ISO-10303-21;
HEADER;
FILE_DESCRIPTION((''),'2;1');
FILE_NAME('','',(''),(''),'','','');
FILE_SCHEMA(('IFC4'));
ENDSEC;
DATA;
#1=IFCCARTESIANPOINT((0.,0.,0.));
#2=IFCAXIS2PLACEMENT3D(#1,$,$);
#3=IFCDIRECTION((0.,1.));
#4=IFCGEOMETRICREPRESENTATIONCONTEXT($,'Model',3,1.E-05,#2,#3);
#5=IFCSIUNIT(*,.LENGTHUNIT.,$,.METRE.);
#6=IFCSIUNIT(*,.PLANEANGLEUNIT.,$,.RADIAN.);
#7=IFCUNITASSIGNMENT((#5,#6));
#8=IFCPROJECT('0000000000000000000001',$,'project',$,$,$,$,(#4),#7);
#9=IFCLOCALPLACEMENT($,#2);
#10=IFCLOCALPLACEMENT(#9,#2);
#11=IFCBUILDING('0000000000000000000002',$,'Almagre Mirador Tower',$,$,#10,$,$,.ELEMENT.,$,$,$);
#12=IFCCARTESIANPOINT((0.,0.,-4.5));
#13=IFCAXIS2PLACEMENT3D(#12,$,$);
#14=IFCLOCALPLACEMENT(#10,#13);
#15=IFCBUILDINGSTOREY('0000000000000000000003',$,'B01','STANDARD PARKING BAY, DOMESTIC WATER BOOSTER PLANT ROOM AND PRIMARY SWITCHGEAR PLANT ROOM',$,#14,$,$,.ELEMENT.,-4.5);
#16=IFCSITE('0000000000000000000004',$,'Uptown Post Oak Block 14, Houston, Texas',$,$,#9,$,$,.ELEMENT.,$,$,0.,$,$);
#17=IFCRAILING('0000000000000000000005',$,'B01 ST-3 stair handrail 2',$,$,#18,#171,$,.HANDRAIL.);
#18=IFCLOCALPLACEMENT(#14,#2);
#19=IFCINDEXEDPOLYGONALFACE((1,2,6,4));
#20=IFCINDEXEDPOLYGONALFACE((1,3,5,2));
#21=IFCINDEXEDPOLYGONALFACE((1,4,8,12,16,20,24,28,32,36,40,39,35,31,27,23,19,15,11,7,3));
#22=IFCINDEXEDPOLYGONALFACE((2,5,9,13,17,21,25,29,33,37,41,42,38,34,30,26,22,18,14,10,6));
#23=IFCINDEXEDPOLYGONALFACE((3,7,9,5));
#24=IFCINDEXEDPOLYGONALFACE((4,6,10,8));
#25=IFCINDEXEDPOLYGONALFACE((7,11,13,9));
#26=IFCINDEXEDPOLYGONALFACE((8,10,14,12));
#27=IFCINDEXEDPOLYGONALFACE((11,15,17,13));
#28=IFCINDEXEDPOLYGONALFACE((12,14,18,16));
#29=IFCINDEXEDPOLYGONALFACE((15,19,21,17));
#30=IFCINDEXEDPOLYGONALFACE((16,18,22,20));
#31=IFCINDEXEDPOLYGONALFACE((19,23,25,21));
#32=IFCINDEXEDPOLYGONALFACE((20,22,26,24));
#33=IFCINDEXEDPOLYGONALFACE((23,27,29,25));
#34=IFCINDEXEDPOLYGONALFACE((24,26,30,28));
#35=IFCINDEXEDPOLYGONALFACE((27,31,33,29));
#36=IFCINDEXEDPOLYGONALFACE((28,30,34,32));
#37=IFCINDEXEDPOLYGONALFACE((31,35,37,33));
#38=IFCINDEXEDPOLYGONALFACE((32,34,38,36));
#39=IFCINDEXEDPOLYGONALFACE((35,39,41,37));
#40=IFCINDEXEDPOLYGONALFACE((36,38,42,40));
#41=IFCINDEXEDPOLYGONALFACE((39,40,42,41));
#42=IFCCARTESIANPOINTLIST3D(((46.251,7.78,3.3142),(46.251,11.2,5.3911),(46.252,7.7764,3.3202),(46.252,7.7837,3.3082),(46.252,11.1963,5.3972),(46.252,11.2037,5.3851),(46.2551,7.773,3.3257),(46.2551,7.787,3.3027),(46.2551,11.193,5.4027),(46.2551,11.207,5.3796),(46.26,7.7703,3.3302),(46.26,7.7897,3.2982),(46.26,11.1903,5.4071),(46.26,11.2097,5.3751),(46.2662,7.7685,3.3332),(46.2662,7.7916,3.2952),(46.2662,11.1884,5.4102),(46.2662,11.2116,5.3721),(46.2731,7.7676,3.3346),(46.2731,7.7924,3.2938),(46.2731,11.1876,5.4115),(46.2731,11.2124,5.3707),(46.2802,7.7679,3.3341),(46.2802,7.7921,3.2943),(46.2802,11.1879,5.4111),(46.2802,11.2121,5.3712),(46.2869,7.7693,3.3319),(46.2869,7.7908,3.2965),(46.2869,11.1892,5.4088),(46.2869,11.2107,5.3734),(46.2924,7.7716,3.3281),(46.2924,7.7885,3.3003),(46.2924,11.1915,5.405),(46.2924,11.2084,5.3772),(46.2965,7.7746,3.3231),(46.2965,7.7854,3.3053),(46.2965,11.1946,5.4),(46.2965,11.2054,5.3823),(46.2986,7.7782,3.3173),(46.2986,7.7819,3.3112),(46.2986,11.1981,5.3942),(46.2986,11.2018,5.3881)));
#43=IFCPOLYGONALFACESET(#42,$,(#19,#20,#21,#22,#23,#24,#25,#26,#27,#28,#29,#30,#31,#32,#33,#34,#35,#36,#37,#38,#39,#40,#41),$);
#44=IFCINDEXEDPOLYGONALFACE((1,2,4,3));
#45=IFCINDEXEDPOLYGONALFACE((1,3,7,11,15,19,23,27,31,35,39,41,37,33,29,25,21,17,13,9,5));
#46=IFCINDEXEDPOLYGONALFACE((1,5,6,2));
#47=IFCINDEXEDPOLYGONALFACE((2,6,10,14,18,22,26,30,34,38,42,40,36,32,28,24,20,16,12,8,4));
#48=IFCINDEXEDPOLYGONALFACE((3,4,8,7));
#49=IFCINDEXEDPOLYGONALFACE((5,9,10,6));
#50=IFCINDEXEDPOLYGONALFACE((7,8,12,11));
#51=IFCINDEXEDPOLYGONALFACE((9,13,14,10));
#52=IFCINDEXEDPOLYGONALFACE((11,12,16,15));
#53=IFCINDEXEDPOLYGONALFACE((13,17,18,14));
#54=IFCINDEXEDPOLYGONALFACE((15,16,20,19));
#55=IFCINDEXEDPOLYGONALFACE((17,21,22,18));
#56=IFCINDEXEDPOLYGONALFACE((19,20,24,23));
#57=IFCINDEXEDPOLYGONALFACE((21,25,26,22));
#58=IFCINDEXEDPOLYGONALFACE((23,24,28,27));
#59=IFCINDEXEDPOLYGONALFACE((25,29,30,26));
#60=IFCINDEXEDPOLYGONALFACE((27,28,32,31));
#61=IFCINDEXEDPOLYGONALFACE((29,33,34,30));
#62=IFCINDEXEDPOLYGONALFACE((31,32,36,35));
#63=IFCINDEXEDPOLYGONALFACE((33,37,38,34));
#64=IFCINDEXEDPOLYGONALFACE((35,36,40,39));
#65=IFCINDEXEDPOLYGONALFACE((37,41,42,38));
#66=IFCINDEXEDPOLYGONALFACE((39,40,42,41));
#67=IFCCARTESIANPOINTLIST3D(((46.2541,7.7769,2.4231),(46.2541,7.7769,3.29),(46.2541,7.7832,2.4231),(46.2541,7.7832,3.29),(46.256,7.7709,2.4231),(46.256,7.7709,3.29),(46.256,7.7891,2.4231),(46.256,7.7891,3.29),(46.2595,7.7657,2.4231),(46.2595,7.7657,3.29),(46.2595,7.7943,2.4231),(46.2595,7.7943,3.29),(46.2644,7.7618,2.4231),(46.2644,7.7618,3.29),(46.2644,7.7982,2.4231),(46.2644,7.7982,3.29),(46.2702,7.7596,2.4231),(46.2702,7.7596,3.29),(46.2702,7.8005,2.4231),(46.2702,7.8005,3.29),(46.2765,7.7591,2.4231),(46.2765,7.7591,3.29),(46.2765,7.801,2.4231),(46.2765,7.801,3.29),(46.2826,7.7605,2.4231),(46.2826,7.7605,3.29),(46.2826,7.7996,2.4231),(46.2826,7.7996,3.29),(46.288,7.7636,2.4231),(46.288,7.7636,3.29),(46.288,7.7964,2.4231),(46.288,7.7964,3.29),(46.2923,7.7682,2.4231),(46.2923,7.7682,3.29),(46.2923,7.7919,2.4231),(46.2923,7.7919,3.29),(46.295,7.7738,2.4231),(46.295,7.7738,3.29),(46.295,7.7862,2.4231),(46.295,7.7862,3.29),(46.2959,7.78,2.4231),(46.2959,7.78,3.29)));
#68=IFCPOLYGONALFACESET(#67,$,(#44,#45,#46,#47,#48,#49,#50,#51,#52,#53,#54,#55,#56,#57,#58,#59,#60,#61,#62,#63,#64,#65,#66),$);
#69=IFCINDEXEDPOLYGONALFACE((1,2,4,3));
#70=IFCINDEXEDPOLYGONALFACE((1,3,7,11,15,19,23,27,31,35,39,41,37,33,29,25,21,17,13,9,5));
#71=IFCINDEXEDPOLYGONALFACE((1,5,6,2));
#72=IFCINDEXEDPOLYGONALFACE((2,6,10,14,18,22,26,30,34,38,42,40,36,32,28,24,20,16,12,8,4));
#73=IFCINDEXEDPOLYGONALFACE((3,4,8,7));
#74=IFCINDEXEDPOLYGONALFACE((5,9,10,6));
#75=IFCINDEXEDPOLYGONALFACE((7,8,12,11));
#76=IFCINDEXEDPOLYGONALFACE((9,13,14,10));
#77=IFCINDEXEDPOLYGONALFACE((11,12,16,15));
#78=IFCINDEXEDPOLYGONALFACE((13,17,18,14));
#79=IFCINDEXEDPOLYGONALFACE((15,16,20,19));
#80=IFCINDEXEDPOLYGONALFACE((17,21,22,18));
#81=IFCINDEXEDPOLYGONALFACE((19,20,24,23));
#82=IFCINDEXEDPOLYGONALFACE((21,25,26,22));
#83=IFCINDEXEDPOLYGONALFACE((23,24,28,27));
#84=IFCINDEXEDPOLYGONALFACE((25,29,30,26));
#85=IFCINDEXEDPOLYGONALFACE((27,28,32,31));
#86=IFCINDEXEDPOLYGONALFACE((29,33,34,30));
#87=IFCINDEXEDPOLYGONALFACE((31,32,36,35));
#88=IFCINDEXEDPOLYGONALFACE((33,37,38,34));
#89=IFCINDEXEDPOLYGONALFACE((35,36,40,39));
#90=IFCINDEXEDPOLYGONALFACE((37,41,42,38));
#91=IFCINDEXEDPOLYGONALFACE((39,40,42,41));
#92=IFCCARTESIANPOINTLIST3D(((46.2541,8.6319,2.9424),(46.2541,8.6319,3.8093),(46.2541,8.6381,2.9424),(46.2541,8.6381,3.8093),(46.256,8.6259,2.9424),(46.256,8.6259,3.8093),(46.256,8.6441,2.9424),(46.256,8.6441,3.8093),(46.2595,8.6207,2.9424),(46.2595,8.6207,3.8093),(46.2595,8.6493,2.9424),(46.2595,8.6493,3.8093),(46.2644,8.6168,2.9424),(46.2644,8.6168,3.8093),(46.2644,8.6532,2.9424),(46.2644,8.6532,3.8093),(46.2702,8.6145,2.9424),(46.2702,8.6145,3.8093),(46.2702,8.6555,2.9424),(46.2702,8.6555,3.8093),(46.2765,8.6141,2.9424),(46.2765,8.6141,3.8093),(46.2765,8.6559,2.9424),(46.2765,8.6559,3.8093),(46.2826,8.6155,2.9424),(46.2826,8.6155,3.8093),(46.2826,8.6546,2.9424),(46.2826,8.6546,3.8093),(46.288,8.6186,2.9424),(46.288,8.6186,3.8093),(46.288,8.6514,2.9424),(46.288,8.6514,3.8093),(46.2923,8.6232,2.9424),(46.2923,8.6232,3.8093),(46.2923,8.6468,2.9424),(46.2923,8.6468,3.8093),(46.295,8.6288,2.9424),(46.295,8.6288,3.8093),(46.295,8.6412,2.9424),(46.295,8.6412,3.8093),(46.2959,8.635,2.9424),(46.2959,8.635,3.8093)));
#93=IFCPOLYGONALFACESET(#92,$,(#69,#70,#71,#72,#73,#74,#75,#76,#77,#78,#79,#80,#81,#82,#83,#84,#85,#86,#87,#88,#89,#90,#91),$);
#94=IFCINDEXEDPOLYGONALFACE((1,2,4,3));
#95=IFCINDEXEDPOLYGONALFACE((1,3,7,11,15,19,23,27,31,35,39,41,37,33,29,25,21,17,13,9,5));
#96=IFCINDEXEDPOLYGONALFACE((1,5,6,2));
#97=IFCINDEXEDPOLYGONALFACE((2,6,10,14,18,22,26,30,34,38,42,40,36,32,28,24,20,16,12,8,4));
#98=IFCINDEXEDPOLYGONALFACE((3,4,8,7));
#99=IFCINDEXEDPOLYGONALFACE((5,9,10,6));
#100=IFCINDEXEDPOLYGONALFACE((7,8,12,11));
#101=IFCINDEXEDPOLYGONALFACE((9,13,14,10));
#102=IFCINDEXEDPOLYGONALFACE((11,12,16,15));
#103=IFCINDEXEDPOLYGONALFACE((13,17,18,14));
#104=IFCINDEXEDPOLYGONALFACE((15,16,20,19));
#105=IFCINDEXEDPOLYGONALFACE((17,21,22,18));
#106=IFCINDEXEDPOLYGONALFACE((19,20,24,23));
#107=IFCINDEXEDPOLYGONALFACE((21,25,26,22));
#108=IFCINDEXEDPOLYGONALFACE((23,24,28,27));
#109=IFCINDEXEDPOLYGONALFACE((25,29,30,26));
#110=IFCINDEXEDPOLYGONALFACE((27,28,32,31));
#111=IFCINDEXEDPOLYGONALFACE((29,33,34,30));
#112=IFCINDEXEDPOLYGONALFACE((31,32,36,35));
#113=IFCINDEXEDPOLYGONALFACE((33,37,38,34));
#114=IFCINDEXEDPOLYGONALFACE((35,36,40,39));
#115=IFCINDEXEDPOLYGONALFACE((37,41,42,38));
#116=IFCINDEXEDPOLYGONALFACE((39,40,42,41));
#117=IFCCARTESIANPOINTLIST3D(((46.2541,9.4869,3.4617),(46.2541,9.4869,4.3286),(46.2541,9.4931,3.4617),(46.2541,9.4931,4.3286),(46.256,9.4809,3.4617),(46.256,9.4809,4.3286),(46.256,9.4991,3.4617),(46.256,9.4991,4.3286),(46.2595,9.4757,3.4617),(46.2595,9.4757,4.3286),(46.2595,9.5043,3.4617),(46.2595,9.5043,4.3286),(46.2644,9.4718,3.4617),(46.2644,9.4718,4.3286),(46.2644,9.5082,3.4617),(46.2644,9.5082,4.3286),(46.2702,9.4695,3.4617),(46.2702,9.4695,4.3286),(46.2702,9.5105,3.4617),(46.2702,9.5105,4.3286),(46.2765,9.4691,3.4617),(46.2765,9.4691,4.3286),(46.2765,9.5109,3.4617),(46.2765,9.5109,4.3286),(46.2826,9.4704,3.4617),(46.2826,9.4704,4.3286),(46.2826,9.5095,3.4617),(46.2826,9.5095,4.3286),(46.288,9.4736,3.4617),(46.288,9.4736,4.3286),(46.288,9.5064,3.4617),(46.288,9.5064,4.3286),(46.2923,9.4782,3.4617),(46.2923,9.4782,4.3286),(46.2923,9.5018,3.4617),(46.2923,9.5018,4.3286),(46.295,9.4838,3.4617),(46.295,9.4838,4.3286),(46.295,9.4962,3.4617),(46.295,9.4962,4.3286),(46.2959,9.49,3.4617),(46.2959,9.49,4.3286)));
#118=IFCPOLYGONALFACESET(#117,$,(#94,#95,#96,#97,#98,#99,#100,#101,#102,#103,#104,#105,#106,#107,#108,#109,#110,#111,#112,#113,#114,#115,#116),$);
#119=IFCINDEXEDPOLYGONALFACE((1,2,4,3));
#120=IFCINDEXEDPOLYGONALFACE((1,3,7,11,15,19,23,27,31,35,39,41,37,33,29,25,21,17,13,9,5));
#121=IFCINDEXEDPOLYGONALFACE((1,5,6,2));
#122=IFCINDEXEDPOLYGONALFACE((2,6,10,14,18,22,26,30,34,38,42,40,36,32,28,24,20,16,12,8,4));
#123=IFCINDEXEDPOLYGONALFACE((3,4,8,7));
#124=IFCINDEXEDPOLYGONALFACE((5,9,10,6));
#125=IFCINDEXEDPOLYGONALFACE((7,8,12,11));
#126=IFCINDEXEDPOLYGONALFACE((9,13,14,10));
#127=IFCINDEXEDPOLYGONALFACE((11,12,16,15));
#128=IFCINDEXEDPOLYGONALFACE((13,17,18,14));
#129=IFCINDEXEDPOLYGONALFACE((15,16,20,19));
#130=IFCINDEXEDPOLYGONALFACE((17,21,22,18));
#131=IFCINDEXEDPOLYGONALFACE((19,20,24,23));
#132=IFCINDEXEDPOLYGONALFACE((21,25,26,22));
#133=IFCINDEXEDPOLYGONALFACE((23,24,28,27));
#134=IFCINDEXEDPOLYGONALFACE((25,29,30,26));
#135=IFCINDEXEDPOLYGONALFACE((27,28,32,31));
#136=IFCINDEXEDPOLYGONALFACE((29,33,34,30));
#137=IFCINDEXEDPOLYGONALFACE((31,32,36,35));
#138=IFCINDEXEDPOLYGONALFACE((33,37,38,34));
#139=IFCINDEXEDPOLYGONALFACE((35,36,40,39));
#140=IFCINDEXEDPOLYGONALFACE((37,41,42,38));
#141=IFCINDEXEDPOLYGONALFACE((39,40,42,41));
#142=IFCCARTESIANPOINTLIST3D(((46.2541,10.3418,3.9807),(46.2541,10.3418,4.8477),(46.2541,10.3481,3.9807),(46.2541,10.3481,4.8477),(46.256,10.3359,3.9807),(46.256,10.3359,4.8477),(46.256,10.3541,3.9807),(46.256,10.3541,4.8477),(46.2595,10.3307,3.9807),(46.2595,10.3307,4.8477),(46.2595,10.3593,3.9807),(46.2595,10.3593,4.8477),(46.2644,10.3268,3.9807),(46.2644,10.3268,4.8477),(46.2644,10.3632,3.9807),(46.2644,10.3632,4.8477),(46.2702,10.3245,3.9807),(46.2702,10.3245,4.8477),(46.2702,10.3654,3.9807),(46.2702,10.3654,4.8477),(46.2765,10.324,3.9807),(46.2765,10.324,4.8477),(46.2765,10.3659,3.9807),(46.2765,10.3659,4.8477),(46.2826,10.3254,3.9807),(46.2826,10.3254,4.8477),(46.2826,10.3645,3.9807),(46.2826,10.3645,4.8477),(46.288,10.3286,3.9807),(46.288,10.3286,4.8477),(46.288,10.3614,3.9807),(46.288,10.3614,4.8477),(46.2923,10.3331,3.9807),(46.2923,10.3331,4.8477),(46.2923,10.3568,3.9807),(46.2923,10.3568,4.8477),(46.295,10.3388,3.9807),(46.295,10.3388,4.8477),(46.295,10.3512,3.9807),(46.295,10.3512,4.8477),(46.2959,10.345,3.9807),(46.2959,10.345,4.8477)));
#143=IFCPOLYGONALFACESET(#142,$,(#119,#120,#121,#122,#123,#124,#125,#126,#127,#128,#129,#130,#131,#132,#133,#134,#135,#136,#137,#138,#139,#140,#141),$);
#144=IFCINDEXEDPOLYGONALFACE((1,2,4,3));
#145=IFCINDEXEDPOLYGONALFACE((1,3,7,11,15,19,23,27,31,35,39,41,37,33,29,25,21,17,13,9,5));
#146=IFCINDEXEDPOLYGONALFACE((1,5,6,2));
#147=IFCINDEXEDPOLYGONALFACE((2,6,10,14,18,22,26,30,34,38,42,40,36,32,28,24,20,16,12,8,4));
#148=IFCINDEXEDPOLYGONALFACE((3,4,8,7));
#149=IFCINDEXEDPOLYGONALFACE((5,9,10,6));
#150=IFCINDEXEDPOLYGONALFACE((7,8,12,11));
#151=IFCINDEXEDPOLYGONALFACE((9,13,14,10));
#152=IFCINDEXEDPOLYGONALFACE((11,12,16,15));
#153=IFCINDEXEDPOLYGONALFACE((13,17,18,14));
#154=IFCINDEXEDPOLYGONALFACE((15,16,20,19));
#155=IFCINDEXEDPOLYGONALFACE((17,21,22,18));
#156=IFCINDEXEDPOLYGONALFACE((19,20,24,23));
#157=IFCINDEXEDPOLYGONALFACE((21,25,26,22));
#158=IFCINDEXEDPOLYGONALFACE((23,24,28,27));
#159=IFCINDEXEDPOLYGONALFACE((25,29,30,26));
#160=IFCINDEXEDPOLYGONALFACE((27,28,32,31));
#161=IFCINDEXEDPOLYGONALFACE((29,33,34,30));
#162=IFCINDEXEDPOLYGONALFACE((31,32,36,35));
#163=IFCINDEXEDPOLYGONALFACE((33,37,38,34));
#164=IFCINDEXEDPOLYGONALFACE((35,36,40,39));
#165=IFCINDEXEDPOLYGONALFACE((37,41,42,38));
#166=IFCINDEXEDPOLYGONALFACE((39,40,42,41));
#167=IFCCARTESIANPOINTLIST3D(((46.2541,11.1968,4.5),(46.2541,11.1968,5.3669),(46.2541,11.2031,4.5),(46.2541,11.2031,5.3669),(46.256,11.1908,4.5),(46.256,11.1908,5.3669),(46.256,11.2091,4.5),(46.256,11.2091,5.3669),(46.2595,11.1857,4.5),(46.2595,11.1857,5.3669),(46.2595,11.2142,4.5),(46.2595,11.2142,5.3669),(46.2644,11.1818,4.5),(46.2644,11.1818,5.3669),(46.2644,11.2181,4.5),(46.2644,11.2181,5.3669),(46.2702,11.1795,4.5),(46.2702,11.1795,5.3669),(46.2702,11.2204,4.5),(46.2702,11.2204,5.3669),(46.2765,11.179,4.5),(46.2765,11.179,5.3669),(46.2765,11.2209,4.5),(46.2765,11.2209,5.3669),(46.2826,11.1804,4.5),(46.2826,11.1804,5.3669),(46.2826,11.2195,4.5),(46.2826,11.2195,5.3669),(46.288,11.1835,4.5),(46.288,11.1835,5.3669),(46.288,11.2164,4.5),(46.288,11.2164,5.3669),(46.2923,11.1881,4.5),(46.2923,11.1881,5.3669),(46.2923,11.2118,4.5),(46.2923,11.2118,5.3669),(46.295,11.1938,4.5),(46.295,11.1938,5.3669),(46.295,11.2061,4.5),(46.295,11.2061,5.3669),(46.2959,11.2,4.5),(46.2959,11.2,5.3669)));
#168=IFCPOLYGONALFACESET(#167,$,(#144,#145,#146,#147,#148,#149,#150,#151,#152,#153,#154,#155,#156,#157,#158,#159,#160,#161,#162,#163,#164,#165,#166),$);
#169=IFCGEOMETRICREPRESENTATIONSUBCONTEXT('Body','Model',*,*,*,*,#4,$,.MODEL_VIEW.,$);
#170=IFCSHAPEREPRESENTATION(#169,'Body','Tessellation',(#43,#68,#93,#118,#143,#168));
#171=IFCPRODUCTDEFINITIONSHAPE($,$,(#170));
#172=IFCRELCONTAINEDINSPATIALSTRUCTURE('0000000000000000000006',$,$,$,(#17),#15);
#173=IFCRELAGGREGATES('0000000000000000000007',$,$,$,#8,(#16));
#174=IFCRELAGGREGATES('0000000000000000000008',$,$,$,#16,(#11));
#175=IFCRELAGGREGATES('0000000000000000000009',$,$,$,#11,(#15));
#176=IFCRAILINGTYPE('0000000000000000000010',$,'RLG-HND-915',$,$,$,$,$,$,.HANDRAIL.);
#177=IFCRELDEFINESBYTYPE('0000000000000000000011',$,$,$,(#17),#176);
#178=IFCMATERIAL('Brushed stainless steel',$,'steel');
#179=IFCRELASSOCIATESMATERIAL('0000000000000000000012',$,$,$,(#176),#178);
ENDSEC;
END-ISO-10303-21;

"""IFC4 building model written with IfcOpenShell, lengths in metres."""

from ifc_helpers import new_model, si_unit, direction, frame, origin, origin_2d, place, context, subcontext, project, spatial, circle, extrude, material, type_object, element, save


model = new_model("IFC4")

# Units and contexts
model_context = context("Model", 3, precision=1e-05, world=origin(), true_north=direction((0.0, 1.0)))
body_context = subcontext(model_context, "Body", "Model", "MODEL_VIEW")
ifc_project = project(units=[si_unit("LENGTHUNIT", "METRE"), si_unit("PLANEANGLEUNIT", "RADIAN")], contexts=[model_context])

# Site, building, storey
site_placement = place(None, origin())
site = spatial("IfcSite", under=ifc_project, at=site_placement, Name="Uptown Post Oak Block 14, Houston, Texas", CompositionType="ELEMENT", RefElevation=0.0)
building_placement = place(site_placement, origin())
building = spatial("IfcBuilding", under=site, at=building_placement, Name="Almagre Mirador Tower", CompositionType="ELEMENT")
storey_placement = place(building_placement, frame((0.0, 0.0, -4.5)))
storey = spatial("IfcBuildingStorey", under=building, at=storey_placement, Name="B01", Description="STANDARD PARKING BAY, DOMESTIC WATER BOOSTER PLANT ROOM AND PRIMARY SWITCHGEAR PLANT ROOM", CompositionType="ELEMENT", Elevation=-4.5)

# Railing
ifc_material_1 = material(Name="Brushed stainless steel", Category="steel")
railing_type_1 = type_object("IfcRailingType", Name="RLG-HND-915", PredefinedType="HANDRAIL", material=ifc_material_1)
for number, where, name in (
    (1, (46.2749, 7.78, 2.4231), "B01 ST-3 stair handrail 2"),
):
    element("IfcRailing", number, at=place(storey_placement, frame(where)), inside=storey, type_object=railing_type_1, Name=name, PredefinedType="HANDRAIL", context=body_context, shape_type="SweptSolid", body=[
        extrude(circle(Radius=0.0239, at=origin_2d()), frame((0.0, 0.0, 0.8911), z_axis=(0.0, 0.85473, 0.519074), x_axis=(-1.0, 0.0, 0.0)), (0.0, 0.0, 1.0), 4.0012),
        extrude(circle(Radius=0.021, at=origin_2d()), origin(), (0.0, 0.0, 1.0), 0.8669),
        extrude(circle(Radius=0.021, at=origin_2d()), frame((0.0, 0.855, 0.5193)), (0.0, 0.0, 1.0), 0.8669),
        extrude(circle(Radius=0.021, at=origin_2d()), frame((0.0, 1.71, 1.0386)), (0.0, 0.0, 1.0), 0.8669),
        extrude(circle(Radius=0.021, at=origin_2d()), frame((0.0, 2.5649, 1.5576)), (0.0, 0.0, 1.0), 0.8669),
        extrude(circle(Radius=0.021, at=origin_2d()), frame((0.0, 3.4199, 2.0769)), (0.0, 0.0, 1.0), 0.8669),
    ])

save(model, "model.ifc")
